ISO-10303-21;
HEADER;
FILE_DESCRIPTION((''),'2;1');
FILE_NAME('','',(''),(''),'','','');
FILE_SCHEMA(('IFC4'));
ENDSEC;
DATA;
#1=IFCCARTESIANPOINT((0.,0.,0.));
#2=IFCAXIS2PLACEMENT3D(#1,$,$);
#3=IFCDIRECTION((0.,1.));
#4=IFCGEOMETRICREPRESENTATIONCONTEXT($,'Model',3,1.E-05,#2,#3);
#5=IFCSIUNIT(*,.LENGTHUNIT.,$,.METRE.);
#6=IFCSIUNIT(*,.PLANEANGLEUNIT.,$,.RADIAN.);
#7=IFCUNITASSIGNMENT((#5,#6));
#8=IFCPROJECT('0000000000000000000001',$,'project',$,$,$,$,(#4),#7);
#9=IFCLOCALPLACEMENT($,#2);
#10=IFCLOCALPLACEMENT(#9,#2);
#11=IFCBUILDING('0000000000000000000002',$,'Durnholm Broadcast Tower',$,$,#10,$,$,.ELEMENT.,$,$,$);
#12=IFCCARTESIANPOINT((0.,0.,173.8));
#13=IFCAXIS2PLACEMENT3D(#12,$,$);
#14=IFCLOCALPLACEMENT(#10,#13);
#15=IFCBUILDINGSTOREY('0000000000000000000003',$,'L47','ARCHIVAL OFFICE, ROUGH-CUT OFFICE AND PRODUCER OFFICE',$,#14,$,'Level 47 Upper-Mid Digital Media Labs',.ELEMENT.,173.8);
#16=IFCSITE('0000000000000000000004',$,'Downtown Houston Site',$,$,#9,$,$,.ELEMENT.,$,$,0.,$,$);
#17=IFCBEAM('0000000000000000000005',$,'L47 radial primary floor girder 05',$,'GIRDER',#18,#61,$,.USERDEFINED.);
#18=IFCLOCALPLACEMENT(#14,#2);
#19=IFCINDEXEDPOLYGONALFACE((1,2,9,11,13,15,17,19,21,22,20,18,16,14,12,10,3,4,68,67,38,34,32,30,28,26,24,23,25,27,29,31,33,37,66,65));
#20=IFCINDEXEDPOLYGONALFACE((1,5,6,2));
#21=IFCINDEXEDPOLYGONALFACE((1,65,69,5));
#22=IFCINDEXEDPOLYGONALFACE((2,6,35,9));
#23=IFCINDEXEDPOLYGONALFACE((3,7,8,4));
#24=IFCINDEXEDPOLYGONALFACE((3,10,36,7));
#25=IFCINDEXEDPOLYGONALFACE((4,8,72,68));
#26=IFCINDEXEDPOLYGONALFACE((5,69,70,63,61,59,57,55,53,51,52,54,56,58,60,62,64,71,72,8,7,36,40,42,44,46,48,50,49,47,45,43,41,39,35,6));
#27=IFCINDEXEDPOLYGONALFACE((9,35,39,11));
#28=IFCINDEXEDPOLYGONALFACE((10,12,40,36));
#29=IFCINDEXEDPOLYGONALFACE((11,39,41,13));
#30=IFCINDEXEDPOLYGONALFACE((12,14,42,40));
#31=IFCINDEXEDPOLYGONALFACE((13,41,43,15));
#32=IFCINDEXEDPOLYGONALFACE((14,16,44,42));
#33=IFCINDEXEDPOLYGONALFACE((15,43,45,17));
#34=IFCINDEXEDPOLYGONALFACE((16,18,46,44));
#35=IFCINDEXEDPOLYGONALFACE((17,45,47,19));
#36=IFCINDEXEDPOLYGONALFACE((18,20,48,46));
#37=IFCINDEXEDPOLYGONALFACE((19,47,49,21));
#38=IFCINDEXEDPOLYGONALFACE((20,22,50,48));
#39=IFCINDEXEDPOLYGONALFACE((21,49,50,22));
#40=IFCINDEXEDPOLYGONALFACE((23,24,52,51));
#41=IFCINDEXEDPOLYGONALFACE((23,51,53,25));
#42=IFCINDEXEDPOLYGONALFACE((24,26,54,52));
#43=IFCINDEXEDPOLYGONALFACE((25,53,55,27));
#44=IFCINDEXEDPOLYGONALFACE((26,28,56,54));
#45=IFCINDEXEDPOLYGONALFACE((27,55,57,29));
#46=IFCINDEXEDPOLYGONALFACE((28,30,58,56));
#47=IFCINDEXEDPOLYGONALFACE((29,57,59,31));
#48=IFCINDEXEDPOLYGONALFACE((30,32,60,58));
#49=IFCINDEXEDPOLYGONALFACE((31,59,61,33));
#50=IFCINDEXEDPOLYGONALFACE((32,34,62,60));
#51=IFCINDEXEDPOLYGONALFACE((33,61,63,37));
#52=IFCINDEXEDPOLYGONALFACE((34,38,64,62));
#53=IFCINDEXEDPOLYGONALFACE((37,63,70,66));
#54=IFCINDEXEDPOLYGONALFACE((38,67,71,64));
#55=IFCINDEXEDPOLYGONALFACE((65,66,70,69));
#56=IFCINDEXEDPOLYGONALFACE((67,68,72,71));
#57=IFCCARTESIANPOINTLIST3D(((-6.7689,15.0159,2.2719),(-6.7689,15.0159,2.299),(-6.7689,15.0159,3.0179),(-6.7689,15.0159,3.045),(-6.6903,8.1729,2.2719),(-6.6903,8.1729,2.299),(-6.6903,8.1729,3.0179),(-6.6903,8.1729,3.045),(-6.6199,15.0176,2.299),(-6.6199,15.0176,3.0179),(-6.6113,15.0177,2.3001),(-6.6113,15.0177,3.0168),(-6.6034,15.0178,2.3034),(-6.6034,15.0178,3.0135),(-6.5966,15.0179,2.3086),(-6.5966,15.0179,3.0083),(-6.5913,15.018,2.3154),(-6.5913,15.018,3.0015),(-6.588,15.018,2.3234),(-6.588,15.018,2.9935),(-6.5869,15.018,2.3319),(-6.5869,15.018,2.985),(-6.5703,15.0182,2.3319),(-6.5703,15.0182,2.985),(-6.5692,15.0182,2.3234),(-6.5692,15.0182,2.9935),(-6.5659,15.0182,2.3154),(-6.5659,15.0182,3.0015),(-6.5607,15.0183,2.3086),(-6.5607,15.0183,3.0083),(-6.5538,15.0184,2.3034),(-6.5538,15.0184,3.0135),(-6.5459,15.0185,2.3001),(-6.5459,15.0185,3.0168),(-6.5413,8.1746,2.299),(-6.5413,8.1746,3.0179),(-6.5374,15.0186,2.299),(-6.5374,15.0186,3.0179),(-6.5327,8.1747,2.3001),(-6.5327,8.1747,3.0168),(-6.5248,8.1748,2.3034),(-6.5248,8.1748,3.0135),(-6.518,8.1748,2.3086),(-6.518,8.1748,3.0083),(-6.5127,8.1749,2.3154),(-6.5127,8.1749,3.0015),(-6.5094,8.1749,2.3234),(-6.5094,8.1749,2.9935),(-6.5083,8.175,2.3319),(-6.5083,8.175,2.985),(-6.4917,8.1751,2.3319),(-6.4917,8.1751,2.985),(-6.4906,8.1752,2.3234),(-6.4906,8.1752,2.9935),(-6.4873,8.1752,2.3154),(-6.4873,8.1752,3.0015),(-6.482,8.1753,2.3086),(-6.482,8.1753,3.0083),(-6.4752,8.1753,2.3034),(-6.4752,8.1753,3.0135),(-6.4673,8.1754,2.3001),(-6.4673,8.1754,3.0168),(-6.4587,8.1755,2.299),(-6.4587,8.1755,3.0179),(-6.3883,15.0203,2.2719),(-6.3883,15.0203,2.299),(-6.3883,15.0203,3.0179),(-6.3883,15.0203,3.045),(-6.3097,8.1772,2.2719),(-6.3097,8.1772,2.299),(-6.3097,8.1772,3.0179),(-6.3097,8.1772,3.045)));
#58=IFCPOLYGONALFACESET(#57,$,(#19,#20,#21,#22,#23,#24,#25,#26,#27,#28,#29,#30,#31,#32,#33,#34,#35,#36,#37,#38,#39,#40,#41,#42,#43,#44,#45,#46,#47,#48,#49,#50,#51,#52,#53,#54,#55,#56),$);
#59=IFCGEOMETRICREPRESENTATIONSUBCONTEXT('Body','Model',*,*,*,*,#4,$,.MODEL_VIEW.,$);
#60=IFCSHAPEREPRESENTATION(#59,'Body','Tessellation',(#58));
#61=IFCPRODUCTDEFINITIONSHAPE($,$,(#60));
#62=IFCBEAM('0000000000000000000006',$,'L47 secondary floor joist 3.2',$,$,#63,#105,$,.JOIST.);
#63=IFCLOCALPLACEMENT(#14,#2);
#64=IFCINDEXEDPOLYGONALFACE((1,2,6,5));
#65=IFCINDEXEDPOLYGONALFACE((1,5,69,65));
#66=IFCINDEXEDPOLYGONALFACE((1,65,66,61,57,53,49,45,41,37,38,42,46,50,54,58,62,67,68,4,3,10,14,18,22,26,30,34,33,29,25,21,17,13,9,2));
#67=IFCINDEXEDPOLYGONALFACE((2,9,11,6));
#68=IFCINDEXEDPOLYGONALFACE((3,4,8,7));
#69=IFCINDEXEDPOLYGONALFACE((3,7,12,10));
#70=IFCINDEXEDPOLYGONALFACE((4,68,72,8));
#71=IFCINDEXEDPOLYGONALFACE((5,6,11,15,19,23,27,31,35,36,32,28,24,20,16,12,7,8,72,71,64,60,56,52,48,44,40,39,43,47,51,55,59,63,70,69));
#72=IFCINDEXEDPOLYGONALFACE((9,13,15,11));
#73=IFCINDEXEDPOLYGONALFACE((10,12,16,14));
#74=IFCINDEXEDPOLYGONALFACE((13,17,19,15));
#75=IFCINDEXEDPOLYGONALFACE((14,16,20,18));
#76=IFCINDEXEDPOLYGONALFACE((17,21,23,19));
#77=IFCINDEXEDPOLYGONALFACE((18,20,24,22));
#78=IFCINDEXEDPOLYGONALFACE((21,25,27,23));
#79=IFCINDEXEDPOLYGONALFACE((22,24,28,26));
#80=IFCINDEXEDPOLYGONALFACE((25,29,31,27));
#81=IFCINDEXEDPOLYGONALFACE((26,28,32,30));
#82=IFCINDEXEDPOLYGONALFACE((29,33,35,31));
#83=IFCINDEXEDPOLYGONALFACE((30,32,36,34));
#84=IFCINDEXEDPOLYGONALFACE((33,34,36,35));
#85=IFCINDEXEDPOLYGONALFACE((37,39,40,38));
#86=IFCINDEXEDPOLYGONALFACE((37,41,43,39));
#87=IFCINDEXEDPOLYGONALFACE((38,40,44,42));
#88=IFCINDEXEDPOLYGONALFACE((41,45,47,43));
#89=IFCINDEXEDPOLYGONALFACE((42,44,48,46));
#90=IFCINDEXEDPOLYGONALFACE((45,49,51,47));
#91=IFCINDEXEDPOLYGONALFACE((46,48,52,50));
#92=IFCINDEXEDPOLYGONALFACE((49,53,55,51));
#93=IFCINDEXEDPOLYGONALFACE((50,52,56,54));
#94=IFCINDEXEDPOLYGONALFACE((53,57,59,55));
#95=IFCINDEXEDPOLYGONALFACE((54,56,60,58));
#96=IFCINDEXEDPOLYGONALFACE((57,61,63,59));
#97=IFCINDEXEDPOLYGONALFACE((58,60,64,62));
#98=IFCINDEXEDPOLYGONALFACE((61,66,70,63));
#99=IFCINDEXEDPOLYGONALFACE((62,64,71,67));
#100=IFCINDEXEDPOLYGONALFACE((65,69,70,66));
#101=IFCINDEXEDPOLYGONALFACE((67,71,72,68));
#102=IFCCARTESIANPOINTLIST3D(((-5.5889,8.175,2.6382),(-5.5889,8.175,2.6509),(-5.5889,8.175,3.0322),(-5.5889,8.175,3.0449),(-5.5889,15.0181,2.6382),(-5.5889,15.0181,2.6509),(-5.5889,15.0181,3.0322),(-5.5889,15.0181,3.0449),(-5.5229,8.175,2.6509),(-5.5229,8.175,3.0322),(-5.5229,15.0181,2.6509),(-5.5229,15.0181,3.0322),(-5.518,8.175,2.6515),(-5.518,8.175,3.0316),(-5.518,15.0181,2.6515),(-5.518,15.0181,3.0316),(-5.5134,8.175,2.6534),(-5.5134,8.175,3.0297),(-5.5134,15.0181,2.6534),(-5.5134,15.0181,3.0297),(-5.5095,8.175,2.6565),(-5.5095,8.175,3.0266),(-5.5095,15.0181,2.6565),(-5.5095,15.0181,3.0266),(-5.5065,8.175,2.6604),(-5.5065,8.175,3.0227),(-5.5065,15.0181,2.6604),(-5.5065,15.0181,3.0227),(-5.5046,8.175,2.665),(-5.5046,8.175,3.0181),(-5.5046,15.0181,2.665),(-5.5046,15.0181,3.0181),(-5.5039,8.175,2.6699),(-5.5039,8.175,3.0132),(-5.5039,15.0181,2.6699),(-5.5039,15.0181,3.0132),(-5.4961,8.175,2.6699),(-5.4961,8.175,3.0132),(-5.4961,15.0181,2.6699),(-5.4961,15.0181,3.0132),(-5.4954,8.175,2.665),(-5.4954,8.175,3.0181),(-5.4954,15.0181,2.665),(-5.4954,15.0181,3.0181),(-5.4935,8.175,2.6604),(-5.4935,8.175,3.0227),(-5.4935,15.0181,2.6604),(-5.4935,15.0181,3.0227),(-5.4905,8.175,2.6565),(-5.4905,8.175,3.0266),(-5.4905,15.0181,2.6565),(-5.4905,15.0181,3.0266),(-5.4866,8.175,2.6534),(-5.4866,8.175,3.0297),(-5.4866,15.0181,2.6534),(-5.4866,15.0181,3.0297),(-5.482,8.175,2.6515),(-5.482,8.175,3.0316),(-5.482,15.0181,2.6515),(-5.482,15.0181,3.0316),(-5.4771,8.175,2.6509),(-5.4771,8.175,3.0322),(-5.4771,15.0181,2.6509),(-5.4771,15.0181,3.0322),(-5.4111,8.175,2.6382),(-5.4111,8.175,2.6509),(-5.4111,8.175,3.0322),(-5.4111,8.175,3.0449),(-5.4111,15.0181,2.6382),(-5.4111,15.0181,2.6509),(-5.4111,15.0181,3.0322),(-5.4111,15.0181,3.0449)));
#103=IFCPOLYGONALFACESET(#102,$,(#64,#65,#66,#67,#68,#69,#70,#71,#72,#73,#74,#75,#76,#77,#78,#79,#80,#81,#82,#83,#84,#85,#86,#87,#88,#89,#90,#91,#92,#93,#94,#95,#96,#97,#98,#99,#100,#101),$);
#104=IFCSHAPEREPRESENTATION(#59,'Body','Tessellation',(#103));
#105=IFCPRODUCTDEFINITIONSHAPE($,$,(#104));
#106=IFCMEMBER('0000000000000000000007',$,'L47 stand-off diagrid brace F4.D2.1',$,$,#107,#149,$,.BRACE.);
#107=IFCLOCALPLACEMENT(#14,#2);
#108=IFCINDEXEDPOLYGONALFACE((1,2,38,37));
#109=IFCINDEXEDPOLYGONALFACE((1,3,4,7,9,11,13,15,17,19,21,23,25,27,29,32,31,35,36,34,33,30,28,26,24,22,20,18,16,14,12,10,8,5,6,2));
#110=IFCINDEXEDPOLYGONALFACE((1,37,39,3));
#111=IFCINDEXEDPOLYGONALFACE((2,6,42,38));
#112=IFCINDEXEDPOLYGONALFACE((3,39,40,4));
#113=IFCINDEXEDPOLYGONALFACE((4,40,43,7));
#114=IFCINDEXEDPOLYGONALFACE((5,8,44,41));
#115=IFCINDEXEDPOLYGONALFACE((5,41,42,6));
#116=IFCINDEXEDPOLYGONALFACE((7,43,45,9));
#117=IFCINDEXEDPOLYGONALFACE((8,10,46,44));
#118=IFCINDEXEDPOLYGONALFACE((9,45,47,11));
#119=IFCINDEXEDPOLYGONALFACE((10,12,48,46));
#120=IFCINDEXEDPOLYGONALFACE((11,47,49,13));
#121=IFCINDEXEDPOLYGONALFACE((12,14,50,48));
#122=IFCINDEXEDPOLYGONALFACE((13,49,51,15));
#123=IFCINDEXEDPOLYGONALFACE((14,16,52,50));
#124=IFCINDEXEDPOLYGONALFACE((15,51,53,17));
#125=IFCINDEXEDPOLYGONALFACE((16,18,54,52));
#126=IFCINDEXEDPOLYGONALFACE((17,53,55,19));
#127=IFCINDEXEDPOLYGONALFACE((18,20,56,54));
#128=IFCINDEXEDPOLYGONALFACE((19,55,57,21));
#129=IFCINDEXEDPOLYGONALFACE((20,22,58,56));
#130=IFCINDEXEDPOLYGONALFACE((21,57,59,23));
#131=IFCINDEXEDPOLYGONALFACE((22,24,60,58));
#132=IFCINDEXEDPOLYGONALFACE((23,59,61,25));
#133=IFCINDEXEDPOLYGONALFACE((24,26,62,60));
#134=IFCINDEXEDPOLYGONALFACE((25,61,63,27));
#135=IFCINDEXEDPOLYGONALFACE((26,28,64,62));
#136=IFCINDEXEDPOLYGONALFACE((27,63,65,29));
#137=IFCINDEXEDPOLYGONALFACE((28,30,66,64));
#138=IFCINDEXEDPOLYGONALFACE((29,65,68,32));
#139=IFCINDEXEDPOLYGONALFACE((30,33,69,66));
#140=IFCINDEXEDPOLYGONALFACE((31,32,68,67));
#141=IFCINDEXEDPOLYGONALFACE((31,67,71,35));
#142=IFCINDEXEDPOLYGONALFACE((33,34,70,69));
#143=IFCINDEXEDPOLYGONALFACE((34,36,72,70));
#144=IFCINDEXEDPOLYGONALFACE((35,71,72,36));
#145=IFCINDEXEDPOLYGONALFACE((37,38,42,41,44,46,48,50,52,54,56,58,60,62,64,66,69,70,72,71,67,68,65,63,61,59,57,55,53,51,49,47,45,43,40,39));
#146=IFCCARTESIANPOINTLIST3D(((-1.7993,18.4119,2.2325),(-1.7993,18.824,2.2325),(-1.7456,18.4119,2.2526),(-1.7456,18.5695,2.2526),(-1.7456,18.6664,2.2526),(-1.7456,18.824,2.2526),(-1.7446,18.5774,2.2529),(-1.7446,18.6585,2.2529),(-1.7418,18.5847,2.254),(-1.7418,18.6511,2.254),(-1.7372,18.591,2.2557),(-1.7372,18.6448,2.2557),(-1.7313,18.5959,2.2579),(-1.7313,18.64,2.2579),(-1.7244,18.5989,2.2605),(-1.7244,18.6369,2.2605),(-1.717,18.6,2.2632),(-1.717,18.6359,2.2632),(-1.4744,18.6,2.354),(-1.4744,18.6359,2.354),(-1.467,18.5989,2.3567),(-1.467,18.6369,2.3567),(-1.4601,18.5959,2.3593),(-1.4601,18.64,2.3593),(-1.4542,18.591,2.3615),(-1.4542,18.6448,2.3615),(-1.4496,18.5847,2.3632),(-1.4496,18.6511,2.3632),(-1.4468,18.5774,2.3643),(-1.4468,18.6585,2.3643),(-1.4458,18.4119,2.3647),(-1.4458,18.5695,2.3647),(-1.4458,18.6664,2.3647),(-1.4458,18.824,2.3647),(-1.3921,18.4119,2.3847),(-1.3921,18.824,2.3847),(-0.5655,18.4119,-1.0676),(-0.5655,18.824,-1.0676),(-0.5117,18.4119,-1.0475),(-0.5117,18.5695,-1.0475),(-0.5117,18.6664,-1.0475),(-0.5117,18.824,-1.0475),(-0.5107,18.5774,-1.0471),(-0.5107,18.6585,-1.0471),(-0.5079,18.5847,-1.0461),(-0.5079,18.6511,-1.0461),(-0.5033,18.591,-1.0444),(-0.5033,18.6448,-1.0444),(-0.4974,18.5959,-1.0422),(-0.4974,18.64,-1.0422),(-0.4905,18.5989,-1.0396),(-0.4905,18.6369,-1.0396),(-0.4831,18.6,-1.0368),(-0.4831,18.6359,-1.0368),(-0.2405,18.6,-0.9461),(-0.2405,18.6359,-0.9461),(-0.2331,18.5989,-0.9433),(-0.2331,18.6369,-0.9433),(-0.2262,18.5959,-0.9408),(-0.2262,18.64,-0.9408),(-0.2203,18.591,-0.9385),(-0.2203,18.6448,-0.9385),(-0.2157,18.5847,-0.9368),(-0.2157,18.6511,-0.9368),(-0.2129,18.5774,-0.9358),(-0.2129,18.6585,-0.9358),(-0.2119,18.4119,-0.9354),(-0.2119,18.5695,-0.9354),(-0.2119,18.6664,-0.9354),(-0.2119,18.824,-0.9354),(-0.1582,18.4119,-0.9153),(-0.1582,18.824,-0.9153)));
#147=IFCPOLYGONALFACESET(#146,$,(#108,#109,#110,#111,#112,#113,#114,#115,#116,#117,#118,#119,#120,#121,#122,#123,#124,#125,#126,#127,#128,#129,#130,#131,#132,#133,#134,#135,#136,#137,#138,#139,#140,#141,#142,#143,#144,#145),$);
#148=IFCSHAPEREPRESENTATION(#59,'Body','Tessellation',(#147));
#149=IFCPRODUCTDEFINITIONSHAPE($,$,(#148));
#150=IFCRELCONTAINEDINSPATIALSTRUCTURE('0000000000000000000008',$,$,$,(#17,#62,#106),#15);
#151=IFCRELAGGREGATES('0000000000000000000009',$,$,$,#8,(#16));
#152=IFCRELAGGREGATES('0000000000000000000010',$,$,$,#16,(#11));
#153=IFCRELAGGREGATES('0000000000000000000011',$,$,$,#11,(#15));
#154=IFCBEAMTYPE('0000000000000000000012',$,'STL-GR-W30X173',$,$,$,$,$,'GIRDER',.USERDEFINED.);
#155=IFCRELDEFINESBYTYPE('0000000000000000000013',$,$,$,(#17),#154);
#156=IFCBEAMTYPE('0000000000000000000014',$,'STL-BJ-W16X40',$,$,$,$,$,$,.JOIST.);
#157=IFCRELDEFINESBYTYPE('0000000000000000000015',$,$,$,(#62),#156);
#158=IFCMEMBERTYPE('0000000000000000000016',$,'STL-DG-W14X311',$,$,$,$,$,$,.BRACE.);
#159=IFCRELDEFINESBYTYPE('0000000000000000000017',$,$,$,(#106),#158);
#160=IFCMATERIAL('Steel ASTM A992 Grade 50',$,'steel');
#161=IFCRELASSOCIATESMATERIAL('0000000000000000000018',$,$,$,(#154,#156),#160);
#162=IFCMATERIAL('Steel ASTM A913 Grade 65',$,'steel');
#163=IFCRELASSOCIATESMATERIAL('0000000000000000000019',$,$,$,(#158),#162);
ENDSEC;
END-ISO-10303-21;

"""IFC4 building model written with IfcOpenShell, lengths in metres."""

from ifc_helpers import new_model, si_unit, direction, frame, origin, origin_2d, place, context, subcontext, project, spatial, i_section, extrude, source, transform, mapped, material, material_profile, profile_set, type_object, type_shapes, element, save


model = new_model("IFC4")

# Units and contexts
model_context = context("Model", 3, precision=1e-05, world=origin(), true_north=direction((0.0, 1.0)))
body_context = subcontext(model_context, "Body", "Model", "MODEL_VIEW")
ifc_project = project(units=[si_unit("LENGTHUNIT", "METRE"), si_unit("PLANEANGLEUNIT", "RADIAN")], contexts=[model_context])

# Site, building, storey
site_placement = place(None, origin())
site = spatial("IfcSite", under=ifc_project, at=site_placement, Name="Downtown Houston Site", CompositionType="ELEMENT", RefElevation=0.0)
building_placement = place(site_placement, origin())
building = spatial("IfcBuilding", under=site, at=building_placement, Name="Durnholm Broadcast Tower", CompositionType="ELEMENT")
storey_placement = place(building_placement, frame((0.0, 0.0, 173.8)))
storey = spatial("IfcBuildingStorey", under=building, at=storey_placement, Name="L47", Description="ARCHIVAL OFFICE, ROUGH-CUT OFFICE AND PRODUCER OFFICE", LongName="Level 47 Upper-Mid Digital Media Labs", CompositionType="ELEMENT", Elevation=173.8)

# Beams
ifc_material_1 = material(Name="Steel ASTM A992 Grade 50", Category="steel")
ifc_material_profile_1 = material_profile(ifc_material_1, i_section(OverallWidth=0.3806, OverallDepth=0.7732, WebThickness=0.0166, FlangeThickness=0.0271, FilletRadius=0.033, at=origin_2d()), Name="W30X173")
ifc_profile_set_1 = profile_set([ifc_material_profile_1], Name="Steel ASTM A992 Grade 50")
beam_type_1 = type_object("IfcBeamType", Name="STL-GR-W30X173", ElementType="GIRDER", PredefinedType="USERDEFINED", material=ifc_profile_set_1)
shared_shape_1 = source(origin(), body_context, "Body", "SweptSolid", [
    extrude(i_section(OverallWidth=0.3806, OverallDepth=0.7732, WebThickness=0.0166, FlangeThickness=0.0271, FilletRadius=0.033, at=origin_2d()), origin(), (0.0, 0.0, 1.0), 6.8435),
])
beam_1_placement = place(storey_placement, frame((-6.5, 8.175, 2.6584), z_axis=(-0.011487, 0.999934, 0.0), x_axis=(-0.999934, -0.011487, 0.0)))
element("IfcBeam", 1, at=beam_1_placement, inside=storey, type_object=beam_type_1, Name="L47 radial primary floor girder 05", ObjectType="GIRDER", PredefinedType="USERDEFINED", context=body_context, shape_type="MappedRepresentation", body=[
    mapped(shared_shape_1, transform((0.0, 0.0, 0.0), x_axis=(1.0, 0.0, 0.0), y_axis=(0.0, 1.0, 0.0), z_axis=(0.0, 0.0, 1.0), scale=1.0)),
])
ifc_material_profile_2 = material_profile(ifc_material_1, i_section(OverallWidth=0.1777, OverallDepth=0.4067, WebThickness=0.0078, FlangeThickness=0.0127, FilletRadius=0.019, at=origin_2d()), Name="W16X40")
ifc_profile_set_2 = profile_set([ifc_material_profile_2], Name="Steel ASTM A992 Grade 50")
beam_type_2 = type_object("IfcBeamType", Name="STL-BJ-W16X40", PredefinedType="JOIST", material=ifc_profile_set_2)
shared_shape_2 = source(origin(), body_context, "Body", "SweptSolid", [
    extrude(i_section(OverallWidth=0.1777, OverallDepth=0.4067, WebThickness=0.0078, FlangeThickness=0.0127, FilletRadius=0.019, at=origin_2d()), origin(), (0.0, 0.0, 1.0), 6.843),
])
type_shapes(beam_type_2, [shared_shape_2])
beam_2_placement = place(storey_placement, frame((-5.5, 8.175, 2.8416), z_axis=(0.0, 1.0, 0.0), x_axis=(-1.0, 0.0, 0.0)))
element("IfcBeam", 2, at=beam_2_placement, inside=storey, type_object=beam_type_2, Name="L47 secondary floor joist 3.2", PredefinedType="JOIST", context=body_context, shape_type="MappedRepresentation", body=[
    mapped(shared_shape_2, transform((0.0, 0.0, 0.0), x_axis=(1.0, 0.0, 0.0), y_axis=(0.0, 1.0, 0.0), z_axis=(0.0, 0.0, 1.0), scale=1.0)),
])

# Member
ifc_material_2 = material(Name="Steel ASTM A913 Grade 65", Category="steel")
ifc_material_profile_3 = material_profile(ifc_material_2, i_section(OverallWidth=0.4121, OverallDepth=0.4348, WebThickness=0.0359, FlangeThickness=0.0574, FilletRadius=0.0305, at=origin_2d()), Name="W14X311")
ifc_profile_set_3 = profile_set([ifc_material_profile_3], Name="Steel ASTM A913 Grade 65")
member_type_1 = type_object("IfcMemberType", Name="STL-DG-W14X311", PredefinedType="BRACE", material=ifc_profile_set_3)
shared_shape_3 = source(origin(), body_context, "Body", "SweptSolid", [
    extrude(i_section(OverallWidth=0.4121, OverallDepth=0.4348, WebThickness=0.0359, FlangeThickness=0.0574, FilletRadius=0.0305, at=origin_2d()), origin(), (0.0, 0.0, 1.0), 3.5232),
])
type_shapes(member_type_1, [shared_shape_3])
for number, where, z_axis, x_axis, name in (
    (3, (-0.3618, 18.6179, -0.9915), (-0.35022, 0.0, 0.936668), (0.0, -1.0, 0.0), "L47 stand-off diagrid brace F4.D2.1"),
):
    element("IfcMember", number, at=place(storey_placement, frame(where, z_axis=z_axis, x_axis=x_axis)), inside=storey, type_object=member_type_1, Name=name, PredefinedType="BRACE", context=body_context, shape_type="MappedRepresentation", body=[
        mapped(shared_shape_3, transform((0.0, 0.0, 0.0), x_axis=(1.0, 0.0, 0.0), y_axis=(0.0, 1.0, 0.0), z_axis=(0.0, 0.0, 1.0), scale=1.0)),
    ])

save(model, "model.ifc")
